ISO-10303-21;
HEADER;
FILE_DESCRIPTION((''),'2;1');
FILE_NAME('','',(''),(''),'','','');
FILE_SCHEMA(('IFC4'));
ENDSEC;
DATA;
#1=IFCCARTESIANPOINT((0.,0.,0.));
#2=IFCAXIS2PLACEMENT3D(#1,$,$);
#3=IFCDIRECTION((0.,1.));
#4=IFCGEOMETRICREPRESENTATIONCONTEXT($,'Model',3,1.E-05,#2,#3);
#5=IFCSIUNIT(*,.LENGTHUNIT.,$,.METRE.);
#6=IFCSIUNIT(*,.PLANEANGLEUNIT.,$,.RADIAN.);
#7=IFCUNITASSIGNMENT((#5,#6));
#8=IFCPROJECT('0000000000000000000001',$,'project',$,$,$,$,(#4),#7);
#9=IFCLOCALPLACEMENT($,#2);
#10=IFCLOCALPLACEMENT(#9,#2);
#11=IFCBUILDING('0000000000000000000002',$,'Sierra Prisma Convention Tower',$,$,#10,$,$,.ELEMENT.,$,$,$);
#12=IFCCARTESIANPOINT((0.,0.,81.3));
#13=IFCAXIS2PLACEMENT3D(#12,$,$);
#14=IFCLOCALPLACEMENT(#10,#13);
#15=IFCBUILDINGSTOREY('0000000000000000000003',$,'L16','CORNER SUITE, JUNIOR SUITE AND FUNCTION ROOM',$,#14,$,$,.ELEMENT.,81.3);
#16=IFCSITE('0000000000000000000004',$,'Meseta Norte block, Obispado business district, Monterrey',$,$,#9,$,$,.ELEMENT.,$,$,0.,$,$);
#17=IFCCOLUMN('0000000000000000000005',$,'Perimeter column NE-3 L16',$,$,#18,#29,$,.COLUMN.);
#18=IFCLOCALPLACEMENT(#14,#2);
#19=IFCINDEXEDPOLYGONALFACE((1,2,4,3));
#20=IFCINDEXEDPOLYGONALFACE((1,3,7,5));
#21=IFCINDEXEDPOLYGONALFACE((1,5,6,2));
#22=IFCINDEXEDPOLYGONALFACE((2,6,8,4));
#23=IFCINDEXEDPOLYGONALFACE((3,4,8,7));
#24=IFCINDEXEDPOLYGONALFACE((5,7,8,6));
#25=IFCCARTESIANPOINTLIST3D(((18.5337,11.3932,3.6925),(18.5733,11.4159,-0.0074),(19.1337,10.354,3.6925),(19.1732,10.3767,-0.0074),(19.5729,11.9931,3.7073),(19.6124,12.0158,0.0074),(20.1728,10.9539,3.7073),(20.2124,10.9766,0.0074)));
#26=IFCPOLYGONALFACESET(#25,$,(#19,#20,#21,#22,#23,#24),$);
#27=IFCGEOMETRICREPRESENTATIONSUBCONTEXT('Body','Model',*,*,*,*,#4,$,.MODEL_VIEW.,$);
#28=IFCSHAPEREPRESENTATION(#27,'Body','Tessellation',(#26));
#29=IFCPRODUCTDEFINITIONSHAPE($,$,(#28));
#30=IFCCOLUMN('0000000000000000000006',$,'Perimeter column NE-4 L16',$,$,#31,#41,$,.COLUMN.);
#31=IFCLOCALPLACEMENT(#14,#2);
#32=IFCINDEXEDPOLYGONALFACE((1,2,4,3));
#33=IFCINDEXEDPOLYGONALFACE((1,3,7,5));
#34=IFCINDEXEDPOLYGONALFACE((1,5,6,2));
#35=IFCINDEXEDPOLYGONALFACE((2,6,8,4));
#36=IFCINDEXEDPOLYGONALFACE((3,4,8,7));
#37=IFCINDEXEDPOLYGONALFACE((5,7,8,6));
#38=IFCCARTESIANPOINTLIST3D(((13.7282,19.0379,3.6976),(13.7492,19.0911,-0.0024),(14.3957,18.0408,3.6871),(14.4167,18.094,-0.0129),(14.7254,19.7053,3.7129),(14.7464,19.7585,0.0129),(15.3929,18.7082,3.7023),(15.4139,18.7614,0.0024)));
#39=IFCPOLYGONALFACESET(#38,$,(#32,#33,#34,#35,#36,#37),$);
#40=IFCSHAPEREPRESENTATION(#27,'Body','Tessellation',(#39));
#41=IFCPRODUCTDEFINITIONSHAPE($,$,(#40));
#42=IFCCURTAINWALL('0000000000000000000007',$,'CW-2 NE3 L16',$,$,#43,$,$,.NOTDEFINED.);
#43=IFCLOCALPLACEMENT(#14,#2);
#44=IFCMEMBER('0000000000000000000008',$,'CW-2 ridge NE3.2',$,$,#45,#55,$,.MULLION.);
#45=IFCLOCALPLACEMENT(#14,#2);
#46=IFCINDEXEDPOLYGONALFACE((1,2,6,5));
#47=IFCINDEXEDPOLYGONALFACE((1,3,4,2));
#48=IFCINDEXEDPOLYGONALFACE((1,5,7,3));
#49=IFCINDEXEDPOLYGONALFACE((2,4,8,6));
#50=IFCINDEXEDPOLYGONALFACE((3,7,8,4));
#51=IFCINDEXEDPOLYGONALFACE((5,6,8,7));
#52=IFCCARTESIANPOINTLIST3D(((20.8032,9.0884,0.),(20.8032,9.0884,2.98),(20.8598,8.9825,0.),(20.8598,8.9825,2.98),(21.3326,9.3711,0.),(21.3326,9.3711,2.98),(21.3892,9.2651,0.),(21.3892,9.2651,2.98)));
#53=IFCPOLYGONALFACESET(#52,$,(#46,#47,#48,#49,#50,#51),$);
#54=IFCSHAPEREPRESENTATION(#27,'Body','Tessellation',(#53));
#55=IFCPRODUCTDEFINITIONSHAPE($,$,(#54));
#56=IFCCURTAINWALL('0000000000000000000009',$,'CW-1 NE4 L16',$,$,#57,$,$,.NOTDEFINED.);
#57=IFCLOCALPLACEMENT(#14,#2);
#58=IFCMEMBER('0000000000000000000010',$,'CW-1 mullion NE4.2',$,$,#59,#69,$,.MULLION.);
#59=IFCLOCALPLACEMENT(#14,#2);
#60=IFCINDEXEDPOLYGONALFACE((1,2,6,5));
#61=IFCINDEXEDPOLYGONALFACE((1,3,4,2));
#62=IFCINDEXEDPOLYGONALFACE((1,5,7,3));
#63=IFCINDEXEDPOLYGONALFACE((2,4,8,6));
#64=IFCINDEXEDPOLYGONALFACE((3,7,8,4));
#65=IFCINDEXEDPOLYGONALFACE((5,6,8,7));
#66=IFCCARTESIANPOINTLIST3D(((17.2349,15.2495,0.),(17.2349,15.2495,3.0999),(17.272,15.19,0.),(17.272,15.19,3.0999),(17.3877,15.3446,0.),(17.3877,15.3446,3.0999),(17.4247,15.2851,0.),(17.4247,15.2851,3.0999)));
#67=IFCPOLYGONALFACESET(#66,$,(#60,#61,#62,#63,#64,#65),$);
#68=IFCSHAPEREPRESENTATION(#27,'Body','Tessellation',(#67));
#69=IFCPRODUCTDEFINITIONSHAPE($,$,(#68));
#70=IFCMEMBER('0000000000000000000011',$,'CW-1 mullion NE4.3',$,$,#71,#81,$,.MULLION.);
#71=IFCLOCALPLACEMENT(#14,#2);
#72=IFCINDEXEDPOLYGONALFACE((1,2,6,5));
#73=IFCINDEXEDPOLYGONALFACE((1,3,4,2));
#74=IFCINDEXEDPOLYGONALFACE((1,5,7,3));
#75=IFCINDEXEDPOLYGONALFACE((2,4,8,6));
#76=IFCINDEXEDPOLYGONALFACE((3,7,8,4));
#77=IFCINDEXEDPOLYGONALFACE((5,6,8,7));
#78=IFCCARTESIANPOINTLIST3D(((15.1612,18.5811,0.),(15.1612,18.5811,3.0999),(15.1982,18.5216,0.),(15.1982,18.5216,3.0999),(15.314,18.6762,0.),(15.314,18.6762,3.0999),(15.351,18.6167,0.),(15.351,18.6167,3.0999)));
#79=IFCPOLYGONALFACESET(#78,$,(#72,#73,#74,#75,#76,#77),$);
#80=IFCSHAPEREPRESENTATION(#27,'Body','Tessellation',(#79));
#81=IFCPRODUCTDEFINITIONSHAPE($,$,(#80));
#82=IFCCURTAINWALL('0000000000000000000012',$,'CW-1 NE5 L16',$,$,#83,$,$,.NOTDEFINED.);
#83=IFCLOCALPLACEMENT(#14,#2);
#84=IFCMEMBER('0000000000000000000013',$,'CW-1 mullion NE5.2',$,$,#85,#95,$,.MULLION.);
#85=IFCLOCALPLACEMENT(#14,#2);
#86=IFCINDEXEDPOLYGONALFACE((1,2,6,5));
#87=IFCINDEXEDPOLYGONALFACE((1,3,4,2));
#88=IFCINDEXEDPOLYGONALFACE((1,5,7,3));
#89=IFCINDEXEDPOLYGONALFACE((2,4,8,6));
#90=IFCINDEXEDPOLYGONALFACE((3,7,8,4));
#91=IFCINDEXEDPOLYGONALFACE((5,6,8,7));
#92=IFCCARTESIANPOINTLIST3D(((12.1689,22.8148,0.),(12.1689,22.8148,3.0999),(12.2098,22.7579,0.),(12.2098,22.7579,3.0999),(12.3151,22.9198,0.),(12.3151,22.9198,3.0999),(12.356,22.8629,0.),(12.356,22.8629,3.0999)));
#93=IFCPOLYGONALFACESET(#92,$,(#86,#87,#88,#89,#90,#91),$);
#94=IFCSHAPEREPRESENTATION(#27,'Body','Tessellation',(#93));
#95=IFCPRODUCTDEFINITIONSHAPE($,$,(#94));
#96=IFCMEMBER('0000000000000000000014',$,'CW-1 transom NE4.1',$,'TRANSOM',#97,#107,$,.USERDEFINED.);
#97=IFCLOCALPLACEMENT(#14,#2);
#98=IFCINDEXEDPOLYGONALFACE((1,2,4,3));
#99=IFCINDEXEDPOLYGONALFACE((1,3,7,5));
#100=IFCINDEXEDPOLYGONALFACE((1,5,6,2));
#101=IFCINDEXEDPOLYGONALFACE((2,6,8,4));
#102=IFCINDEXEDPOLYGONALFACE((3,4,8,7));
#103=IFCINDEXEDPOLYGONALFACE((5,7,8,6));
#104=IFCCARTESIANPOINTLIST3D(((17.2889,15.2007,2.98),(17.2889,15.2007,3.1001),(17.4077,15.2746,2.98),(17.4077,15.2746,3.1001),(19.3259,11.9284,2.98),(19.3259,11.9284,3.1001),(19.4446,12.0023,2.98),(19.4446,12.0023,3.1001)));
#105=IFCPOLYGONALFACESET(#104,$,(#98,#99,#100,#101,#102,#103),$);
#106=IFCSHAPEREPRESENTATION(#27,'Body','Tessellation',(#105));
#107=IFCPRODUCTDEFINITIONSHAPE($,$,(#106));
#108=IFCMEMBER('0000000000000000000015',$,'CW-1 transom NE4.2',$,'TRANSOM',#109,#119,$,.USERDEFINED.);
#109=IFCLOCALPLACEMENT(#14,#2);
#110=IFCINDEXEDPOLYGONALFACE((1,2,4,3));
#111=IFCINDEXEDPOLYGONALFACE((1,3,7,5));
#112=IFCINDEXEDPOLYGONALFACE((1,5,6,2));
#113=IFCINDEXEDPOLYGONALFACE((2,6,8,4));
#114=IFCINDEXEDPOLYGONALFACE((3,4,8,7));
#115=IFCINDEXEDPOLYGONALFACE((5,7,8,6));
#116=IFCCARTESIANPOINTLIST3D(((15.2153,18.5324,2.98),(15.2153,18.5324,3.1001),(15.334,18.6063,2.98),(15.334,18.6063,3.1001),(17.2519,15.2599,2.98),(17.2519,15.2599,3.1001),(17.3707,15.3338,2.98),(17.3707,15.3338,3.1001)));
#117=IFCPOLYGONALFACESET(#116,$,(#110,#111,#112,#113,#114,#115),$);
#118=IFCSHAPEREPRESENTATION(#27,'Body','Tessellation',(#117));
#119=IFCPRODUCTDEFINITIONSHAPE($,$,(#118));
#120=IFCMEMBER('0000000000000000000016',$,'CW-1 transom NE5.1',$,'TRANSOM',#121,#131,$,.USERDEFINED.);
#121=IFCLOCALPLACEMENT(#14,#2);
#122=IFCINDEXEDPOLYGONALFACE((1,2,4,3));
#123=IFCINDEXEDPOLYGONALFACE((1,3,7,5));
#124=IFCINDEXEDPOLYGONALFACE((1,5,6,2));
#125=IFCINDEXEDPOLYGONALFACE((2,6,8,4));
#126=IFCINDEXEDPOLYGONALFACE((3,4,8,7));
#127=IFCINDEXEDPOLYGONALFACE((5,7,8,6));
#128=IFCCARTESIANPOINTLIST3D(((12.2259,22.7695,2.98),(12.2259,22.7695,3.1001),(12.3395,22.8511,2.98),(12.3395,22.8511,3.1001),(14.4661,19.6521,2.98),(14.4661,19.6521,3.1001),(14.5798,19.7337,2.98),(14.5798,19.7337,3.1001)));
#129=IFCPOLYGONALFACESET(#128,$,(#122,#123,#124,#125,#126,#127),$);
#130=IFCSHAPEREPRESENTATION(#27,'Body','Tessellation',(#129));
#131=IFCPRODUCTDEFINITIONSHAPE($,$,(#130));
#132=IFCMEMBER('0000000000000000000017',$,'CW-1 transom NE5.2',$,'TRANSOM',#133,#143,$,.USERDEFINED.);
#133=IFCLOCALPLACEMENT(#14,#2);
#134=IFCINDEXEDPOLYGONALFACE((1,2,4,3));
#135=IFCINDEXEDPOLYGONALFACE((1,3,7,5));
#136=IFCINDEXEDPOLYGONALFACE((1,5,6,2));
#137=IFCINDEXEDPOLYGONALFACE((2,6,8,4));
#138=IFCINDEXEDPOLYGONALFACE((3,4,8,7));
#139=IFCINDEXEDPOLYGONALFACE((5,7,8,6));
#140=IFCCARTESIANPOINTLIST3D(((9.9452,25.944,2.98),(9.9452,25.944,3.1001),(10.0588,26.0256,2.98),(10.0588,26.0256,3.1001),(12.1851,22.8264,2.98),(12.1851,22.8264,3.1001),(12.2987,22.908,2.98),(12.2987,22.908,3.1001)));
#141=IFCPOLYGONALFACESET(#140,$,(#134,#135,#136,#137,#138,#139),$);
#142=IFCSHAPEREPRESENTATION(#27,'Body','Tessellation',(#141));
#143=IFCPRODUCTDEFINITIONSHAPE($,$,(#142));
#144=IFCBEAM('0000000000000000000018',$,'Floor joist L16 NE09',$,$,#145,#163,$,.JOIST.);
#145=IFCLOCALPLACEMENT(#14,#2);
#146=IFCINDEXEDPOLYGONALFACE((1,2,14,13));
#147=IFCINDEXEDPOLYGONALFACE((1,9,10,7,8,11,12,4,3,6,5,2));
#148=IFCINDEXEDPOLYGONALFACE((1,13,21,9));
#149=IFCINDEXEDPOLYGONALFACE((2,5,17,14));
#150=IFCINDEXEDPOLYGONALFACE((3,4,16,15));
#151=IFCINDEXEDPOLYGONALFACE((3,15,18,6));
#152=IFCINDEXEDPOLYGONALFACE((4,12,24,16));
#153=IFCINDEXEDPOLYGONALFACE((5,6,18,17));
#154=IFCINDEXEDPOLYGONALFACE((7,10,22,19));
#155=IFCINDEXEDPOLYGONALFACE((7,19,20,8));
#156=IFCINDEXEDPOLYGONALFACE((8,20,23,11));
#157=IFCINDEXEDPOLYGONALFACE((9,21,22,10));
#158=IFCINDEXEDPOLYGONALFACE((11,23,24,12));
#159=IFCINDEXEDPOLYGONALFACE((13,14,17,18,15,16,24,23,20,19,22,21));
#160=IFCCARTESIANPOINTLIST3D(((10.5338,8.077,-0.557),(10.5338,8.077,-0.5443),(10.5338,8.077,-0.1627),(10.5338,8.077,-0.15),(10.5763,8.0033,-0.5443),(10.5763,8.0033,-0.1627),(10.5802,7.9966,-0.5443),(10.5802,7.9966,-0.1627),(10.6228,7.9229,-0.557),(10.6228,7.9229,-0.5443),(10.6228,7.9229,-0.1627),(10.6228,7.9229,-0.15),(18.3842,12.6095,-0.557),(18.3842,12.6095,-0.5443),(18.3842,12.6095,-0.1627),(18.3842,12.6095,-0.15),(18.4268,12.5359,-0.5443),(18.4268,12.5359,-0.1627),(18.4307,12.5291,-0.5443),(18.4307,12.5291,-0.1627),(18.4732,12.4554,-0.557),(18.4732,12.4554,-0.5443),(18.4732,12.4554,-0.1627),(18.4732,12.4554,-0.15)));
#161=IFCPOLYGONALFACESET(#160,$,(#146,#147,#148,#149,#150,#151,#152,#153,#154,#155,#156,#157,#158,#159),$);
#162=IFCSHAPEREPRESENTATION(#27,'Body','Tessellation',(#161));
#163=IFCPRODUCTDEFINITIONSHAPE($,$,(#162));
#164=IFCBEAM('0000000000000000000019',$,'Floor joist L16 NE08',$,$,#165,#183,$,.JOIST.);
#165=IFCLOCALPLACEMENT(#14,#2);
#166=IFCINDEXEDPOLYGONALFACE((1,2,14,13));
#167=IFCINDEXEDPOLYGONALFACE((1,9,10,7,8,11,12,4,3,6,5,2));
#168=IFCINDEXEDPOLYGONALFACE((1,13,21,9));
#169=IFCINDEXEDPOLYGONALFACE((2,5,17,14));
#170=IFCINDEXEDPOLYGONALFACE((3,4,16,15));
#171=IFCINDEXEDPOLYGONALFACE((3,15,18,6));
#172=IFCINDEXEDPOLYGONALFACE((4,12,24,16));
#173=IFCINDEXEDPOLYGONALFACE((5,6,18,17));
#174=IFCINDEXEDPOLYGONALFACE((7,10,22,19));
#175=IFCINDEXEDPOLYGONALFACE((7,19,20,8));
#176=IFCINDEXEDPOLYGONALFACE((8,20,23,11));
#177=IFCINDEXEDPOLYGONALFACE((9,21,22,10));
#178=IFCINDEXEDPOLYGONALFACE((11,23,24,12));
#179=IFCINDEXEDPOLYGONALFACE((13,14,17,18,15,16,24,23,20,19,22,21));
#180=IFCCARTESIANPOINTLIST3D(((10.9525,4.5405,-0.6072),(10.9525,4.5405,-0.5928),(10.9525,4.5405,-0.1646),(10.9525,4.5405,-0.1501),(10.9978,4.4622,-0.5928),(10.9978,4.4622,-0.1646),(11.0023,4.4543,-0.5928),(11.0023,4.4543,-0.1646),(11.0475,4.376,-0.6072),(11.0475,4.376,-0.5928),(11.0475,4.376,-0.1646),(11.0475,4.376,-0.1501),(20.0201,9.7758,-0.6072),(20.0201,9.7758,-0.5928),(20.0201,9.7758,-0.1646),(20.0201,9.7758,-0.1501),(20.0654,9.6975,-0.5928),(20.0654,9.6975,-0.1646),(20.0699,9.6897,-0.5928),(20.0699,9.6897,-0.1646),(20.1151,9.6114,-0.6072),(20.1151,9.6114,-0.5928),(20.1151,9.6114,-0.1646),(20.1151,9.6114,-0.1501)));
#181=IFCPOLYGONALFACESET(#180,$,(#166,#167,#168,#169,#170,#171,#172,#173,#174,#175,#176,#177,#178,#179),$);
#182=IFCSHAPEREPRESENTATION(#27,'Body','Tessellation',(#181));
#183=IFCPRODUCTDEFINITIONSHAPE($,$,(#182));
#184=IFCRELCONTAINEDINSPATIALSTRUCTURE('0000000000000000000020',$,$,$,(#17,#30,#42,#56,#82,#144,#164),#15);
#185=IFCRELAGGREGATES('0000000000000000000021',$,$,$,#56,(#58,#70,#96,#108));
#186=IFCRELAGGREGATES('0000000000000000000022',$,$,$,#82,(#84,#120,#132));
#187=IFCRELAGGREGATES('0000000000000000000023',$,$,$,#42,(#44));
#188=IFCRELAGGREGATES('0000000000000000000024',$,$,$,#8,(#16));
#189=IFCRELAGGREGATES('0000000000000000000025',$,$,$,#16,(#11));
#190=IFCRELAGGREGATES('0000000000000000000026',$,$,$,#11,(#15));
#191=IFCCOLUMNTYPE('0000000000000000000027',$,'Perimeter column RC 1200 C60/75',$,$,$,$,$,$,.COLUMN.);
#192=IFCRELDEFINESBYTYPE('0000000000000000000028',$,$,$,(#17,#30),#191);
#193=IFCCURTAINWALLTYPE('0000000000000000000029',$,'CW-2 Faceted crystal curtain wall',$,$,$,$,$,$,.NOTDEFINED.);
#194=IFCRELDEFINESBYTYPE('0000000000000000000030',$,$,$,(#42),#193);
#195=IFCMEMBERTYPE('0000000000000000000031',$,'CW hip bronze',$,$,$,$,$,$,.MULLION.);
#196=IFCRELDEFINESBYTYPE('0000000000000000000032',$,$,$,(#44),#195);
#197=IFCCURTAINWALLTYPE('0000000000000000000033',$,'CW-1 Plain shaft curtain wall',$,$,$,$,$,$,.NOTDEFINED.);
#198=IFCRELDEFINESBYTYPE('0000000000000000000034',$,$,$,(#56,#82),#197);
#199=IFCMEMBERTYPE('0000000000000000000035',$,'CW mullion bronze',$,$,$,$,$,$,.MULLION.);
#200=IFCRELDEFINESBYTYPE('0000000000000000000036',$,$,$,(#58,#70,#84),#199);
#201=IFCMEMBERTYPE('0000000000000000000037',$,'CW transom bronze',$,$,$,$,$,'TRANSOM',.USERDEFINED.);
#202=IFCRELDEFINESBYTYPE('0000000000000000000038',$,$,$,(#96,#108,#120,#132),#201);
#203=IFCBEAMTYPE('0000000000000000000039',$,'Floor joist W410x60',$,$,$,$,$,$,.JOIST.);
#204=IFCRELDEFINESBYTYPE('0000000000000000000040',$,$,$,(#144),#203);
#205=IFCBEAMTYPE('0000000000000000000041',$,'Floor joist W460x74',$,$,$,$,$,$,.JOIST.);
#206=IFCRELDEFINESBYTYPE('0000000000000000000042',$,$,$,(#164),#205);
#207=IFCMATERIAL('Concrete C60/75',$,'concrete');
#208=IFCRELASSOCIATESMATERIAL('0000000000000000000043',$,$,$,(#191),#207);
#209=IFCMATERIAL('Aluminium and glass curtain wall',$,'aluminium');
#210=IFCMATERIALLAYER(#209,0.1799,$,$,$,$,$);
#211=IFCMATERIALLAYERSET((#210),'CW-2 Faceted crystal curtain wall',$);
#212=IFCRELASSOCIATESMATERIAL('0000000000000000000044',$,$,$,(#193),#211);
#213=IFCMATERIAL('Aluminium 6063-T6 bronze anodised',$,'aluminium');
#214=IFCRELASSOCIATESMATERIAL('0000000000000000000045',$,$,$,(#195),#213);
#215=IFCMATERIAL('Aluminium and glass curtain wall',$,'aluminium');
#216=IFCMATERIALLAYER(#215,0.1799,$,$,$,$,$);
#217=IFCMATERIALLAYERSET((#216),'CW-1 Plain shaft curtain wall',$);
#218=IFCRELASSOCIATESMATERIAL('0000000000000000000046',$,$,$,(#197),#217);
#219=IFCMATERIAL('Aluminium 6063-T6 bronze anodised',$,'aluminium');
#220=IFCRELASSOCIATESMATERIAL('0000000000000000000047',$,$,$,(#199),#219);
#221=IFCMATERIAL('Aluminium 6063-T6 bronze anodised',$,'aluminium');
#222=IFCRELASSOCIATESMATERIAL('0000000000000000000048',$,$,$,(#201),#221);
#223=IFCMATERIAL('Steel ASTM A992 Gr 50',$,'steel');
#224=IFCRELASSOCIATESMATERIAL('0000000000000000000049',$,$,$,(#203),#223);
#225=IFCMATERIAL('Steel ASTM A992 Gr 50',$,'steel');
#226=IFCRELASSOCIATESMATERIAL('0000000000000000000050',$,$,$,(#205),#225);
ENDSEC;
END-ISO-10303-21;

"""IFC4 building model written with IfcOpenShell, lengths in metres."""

from ifc_helpers import new_model, si_unit, direction, frame, origin, origin_2d, place, context, subcontext, project, spatial, rectangle, i_section, extrude, material, layer, layer_set, material_profile, profile_set, type_object, element, aggregate, save


model = new_model("IFC4")

# Units and contexts
model_context = context("Model", 3, precision=1e-05, world=origin(), true_north=direction((0.0, 1.0)))
body_context = subcontext(model_context, "Body", "Model", "MODEL_VIEW")
ifc_project = project(units=[si_unit("LENGTHUNIT", "METRE"), si_unit("PLANEANGLEUNIT", "RADIAN")], contexts=[model_context])

# Site, building, storey
site_placement = place(None, origin())
site = spatial("IfcSite", under=ifc_project, at=site_placement, Name="Meseta Norte block, Obispado business district, Monterrey", CompositionType="ELEMENT", RefElevation=0.0)
building_placement = place(site_placement, origin())
building = spatial("IfcBuilding", under=site, at=building_placement, Name="Sierra Prisma Convention Tower", CompositionType="ELEMENT")
storey_placement = place(building_placement, frame((0.0, 0.0, 81.3)))
storey = spatial("IfcBuildingStorey", under=building, at=storey_placement, Name="L16", Description="CORNER SUITE, JUNIOR SUITE AND FUNCTION ROOM", CompositionType="ELEMENT", Elevation=81.3)

# Columns
ifc_material_1 = material(Name="Concrete C60/75", Category="concrete")
ifc_material_profile_1 = material_profile(ifc_material_1, rectangle(XDim=1.2, YDim=1.2, at=origin_2d()), Name="Perimeter column RC 1200 C60/75")
ifc_profile_set_1 = profile_set([ifc_material_profile_1], Name="Concrete C60/75")
column_type = type_object("IfcColumnType", Name="Perimeter column RC 1200 C60/75", PredefinedType="COLUMN", material=ifc_profile_set_1)
column_1_placement = place(storey_placement, frame((19.3928, 11.1963, 0.0), z_axis=(-0.010689, -0.006136, 0.999924), x_axis=(-0.499971, 0.866042, -0.00003)))
element("IfcColumn", 1, at=column_1_placement, inside=storey, type_object=column_type, Name="Perimeter column NE-3 L16", PredefinedType="COLUMN", context=body_context, shape_type="SweptSolid", body=[
    extrude(rectangle(XDim=1.2, YDim=1.2, at=origin_2d()), origin(), (0.0, 0.0, 1.0), 3.7002),
])
column_2_placement = place(storey_placement, frame((14.5815, 18.9263, 0.0), z_axis=(-0.005674, -0.014383, 0.99988), x_axis=(-0.556275, 0.830952, 0.008796)))
element("IfcColumn", 2, at=column_2_placement, inside=storey, type_object=column_type, Name="Perimeter column NE-4 L16", PredefinedType="COLUMN", context=body_context, shape_type="SweptSolid", body=[
    extrude(rectangle(XDim=1.2, YDim=1.2, at=origin_2d()), origin(), (0.0, 0.0, 1.0), 3.7004),
])

# Curtain wall, member
ifc_material_2 = material(Name="Aluminium and glass curtain wall", Category="aluminium")
ifc_layer_1 = layer(ifc_material_2, 0.1799)
ifc_layer_set_1 = layer_set([ifc_layer_1], Name="CW-2 Faceted crystal curtain wall")
curtain_wall_type_1 = type_object("IfcCurtainWallType", Name="CW-2 Faceted crystal curtain wall", PredefinedType="NOTDEFINED", material=ifc_layer_set_1)
curtain_wall_1_placement = place(storey_placement, origin())
curtain_wall_1 = element("IfcCurtainWall", 3, at=curtain_wall_1_placement, inside=storey, type_object=curtain_wall_type_1, Name="CW-2 NE3 L16", PredefinedType="NOTDEFINED")
ifc_material_3 = material(Name="Aluminium 6063-T6 bronze anodised", Category="aluminium")
ifc_material_profile_2 = material_profile(ifc_material_3, rectangle(XDim=0.1201, YDim=0.6001, at=origin_2d()), Name="ALU RIDGE BLADE 120x600")
ifc_profile_set_2 = profile_set([ifc_material_profile_2], Name="Aluminium 6063-T6 bronze anodised")
member_type_1 = type_object("IfcMemberType", Name="CW hip bronze", PredefinedType="MULLION", material=ifc_profile_set_2)
member_1_placement = place(storey_placement, frame((21.0962, 9.1768, 0.0), z_axis=(0.0, 0.0, 1.0), x_axis=(-0.471018, 0.882123, 0.0)))
member_1 = element("IfcMember", 4, at=member_1_placement, type_object=member_type_1, Name="CW-2 ridge NE3.2", PredefinedType="MULLION", context=body_context, shape_type="SweptSolid", body=[
    extrude(rectangle(XDim=0.1201, YDim=0.6001, at=origin_2d()), origin(), (0.0, 0.0, 1.0), 2.98),
])

# Curtain wall, members
ifc_material_4 = material(Name="Aluminium and glass curtain wall", Category="aluminium")
ifc_layer_2 = layer(ifc_material_4, 0.1799)
ifc_layer_set_2 = layer_set([ifc_layer_2], Name="CW-1 Plain shaft curtain wall")
curtain_wall_type_2 = type_object("IfcCurtainWallType", Name="CW-1 Plain shaft curtain wall", PredefinedType="NOTDEFINED", material=ifc_layer_set_2)
curtain_wall_2_placement = place(storey_placement, origin())
curtain_wall_2 = element("IfcCurtainWall", 5, at=curtain_wall_2_placement, inside=storey, type_object=curtain_wall_type_2, Name="CW-1 NE4 L16", PredefinedType="NOTDEFINED")
ifc_material_5 = material(Name="Aluminium 6063-T6 bronze anodised", Category="aluminium")
ifc_material_profile_3 = material_profile(ifc_material_5, rectangle(XDim=0.1799, YDim=0.0701, at=origin_2d()), Name="ALU MULLION 70x180")
ifc_profile_set_3 = profile_set([ifc_material_profile_3], Name="Aluminium 6063-T6 bronze anodised")
member_type_2 = type_object("IfcMemberType", Name="CW mullion bronze", PredefinedType="MULLION", material=ifc_profile_set_3)
member_2_placement = place(storey_placement, frame((17.3298, 15.2673, 0.0), z_axis=(0.0, 0.0, 1.0), x_axis=(-0.848975, -0.528432, 0.0)))
member_2 = element("IfcMember", 6, at=member_2_placement, type_object=member_type_2, Name="CW-1 mullion NE4.2", PredefinedType="MULLION", context=body_context, shape_type="SweptSolid", body=[
    extrude(rectangle(XDim=0.1799, YDim=0.0701, at=origin_2d()), origin(), (0.0, 0.0, 1.0), 3.0999),
])
member_3_placement = place(storey_placement, frame((15.2561, 18.5989, 0.0), z_axis=(0.0, 0.0, 1.0), x_axis=(-0.848975, -0.528432, 0.0)))
member_3 = element("IfcMember", 7, at=member_3_placement, type_object=member_type_2, Name="CW-1 mullion NE4.3", PredefinedType="MULLION", context=body_context, shape_type="SweptSolid", body=[
    extrude(rectangle(XDim=0.1799, YDim=0.0701, at=origin_2d()), origin(), (0.0, 0.0, 1.0), 3.0999),
])

# Curtain wall, member
curtain_wall_3_placement = place(storey_placement, origin())
curtain_wall_3 = element("IfcCurtainWall", 8, at=curtain_wall_3_placement, inside=storey, type_object=curtain_wall_type_2, Name="CW-1 NE5 L16", PredefinedType="NOTDEFINED")
member_4_placement = place(storey_placement, frame((12.2625, 22.8389, 0.0), z_axis=(0.0, 0.0, 1.0), x_axis=(-0.812096, -0.583524, 0.0)))
member_4 = element("IfcMember", 9, at=member_4_placement, type_object=member_type_2, Name="CW-1 mullion NE5.2", PredefinedType="MULLION", context=body_context, shape_type="SweptSolid", body=[
    extrude(rectangle(XDim=0.1799, YDim=0.0701, at=origin_2d()), origin(), (0.0, 0.0, 1.0), 3.0999),
])

# Members
ifc_material_6 = material(Name="Aluminium 6063-T6 bronze anodised", Category="aluminium")
ifc_material_profile_4 = material_profile(ifc_material_6, rectangle(XDim=0.1399, YDim=0.1201, at=origin_2d()), Name="ALU TRANSOM 120x140")
ifc_profile_set_4 = profile_set([ifc_material_profile_4], Name="Aluminium 6063-T6 bronze anodised")
member_type_3 = type_object("IfcMemberType", Name="CW transom bronze", ElementType="TRANSOM", PredefinedType="USERDEFINED", material=ifc_profile_set_4)
member_5_placement = place(storey_placement, frame((19.3853, 11.9653, 3.04), z_axis=(-0.528455, 0.848961, 0.0), x_axis=(-0.848961, -0.528455, 0.0)))
member_5 = element("IfcMember", 10, at=member_5_placement, type_object=member_type_3, Name="CW-1 transom NE4.1", ObjectType="TRANSOM", PredefinedType="USERDEFINED", context=body_context, shape_type="SweptSolid", body=[
    extrude(rectangle(XDim=0.1399, YDim=0.1201, at=origin_2d()), origin(), (0.0, 0.0, 1.0), 3.8545),
])
member_6_placement = place(storey_placement, frame((17.3113, 15.2969, 3.04), z_axis=(-0.528381, 0.849007, 0.0), x_axis=(-0.849007, -0.528381, 0.0)))
member_6 = element("IfcMember", 11, at=member_6_placement, type_object=member_type_3, Name="CW-1 transom NE4.2", ObjectType="TRANSOM", PredefinedType="USERDEFINED", context=body_context, shape_type="SweptSolid", body=[
    extrude(rectangle(XDim=0.1399, YDim=0.1201, at=origin_2d()), origin(), (0.0, 0.0, 1.0), 3.8545),
])
member_7_placement = place(storey_placement, frame((14.5229, 19.6929, 3.04), z_axis=(-0.583564, 0.812067, 0.0), x_axis=(-0.812067, -0.583564, 0.0)))
member_7 = element("IfcMember", 12, at=member_7_placement, type_object=member_type_3, Name="CW-1 transom NE5.1", ObjectType="TRANSOM", PredefinedType="USERDEFINED", context=body_context, shape_type="SweptSolid", body=[
    extrude(rectangle(XDim=0.1399, YDim=0.1201, at=origin_2d()), origin(), (0.0, 0.0, 1.0), 3.8389),
])
member_8_placement = place(storey_placement, frame((12.2419, 22.8672, 3.04), z_axis=(-0.583492, 0.812119, 0.0), x_axis=(-0.812119, -0.583492, 0.0)))
member_8 = element("IfcMember", 13, at=member_8_placement, type_object=member_type_3, Name="CW-1 transom NE5.2", ObjectType="TRANSOM", PredefinedType="USERDEFINED", context=body_context, shape_type="SweptSolid", body=[
    extrude(rectangle(XDim=0.1399, YDim=0.1201, at=origin_2d()), origin(), (0.0, 0.0, 1.0), 3.8389),
])

# Beams
ifc_material_7 = material(Name="Steel ASTM A992 Gr 50", Category="steel")
ifc_material_profile_5 = material_profile(ifc_material_7, i_section(OverallWidth=0.178, OverallDepth=0.407, WebThickness=0.0078, FlangeThickness=0.0127, at=origin_2d()), Name="W410x60")
ifc_profile_set_5 = profile_set([ifc_material_profile_5], Name="Steel ASTM A992 Gr 50")
beam_type_1 = type_object("IfcBeamType", Name="Floor joist W410x60", PredefinedType="JOIST", material=ifc_profile_set_5)
beam_1_placement = place(storey_placement, frame((18.4287, 12.5325, -0.3535), z_axis=(-0.866022, -0.500006, 0.0), x_axis=(0.500006, -0.866022, 0.0)))
element("IfcBeam", 14, at=beam_1_placement, inside=storey, type_object=beam_type_1, Name="Floor joist L16 NE09", PredefinedType="JOIST", context=body_context, shape_type="SweptSolid", body=[
    extrude(i_section(OverallWidth=0.178, OverallDepth=0.407, WebThickness=0.0078, FlangeThickness=0.0127, at=origin_2d()), origin(), (0.0, 0.0, 1.0), 9.0649),
])
ifc_material_8 = material(Name="Steel ASTM A992 Gr 50", Category="steel")
ifc_material_profile_6 = material_profile(ifc_material_8, i_section(OverallWidth=0.1899, OverallDepth=0.457, WebThickness=0.009, FlangeThickness=0.0144, at=origin_2d()), Name="W460x74")
ifc_profile_set_6 = profile_set([ifc_material_profile_6], Name="Steel ASTM A992 Gr 50")
beam_type_2 = type_object("IfcBeamType", Name="Floor joist W460x74", PredefinedType="JOIST", material=ifc_profile_set_6)
beam_2_placement = place(storey_placement, frame((20.0676, 9.6936, -0.3787), z_axis=(-0.866019, -0.500011, 0.0), x_axis=(0.500011, -0.866019, 0.0)))
element("IfcBeam", 15, at=beam_2_placement, inside=storey, type_object=beam_type_2, Name="Floor joist L16 NE08", PredefinedType="JOIST", context=body_context, shape_type="SweptSolid", body=[
    extrude(i_section(OverallWidth=0.1899, OverallDepth=0.457, WebThickness=0.009, FlangeThickness=0.0144, at=origin_2d()), origin(), (0.0, 0.0, 1.0), 10.4705),
])

aggregate(curtain_wall_2, [member_2, member_3, member_5, member_6])
aggregate(curtain_wall_3, [member_4, member_7, member_8])
aggregate(curtain_wall_1, [member_1])

save(model, "model.ifc")
